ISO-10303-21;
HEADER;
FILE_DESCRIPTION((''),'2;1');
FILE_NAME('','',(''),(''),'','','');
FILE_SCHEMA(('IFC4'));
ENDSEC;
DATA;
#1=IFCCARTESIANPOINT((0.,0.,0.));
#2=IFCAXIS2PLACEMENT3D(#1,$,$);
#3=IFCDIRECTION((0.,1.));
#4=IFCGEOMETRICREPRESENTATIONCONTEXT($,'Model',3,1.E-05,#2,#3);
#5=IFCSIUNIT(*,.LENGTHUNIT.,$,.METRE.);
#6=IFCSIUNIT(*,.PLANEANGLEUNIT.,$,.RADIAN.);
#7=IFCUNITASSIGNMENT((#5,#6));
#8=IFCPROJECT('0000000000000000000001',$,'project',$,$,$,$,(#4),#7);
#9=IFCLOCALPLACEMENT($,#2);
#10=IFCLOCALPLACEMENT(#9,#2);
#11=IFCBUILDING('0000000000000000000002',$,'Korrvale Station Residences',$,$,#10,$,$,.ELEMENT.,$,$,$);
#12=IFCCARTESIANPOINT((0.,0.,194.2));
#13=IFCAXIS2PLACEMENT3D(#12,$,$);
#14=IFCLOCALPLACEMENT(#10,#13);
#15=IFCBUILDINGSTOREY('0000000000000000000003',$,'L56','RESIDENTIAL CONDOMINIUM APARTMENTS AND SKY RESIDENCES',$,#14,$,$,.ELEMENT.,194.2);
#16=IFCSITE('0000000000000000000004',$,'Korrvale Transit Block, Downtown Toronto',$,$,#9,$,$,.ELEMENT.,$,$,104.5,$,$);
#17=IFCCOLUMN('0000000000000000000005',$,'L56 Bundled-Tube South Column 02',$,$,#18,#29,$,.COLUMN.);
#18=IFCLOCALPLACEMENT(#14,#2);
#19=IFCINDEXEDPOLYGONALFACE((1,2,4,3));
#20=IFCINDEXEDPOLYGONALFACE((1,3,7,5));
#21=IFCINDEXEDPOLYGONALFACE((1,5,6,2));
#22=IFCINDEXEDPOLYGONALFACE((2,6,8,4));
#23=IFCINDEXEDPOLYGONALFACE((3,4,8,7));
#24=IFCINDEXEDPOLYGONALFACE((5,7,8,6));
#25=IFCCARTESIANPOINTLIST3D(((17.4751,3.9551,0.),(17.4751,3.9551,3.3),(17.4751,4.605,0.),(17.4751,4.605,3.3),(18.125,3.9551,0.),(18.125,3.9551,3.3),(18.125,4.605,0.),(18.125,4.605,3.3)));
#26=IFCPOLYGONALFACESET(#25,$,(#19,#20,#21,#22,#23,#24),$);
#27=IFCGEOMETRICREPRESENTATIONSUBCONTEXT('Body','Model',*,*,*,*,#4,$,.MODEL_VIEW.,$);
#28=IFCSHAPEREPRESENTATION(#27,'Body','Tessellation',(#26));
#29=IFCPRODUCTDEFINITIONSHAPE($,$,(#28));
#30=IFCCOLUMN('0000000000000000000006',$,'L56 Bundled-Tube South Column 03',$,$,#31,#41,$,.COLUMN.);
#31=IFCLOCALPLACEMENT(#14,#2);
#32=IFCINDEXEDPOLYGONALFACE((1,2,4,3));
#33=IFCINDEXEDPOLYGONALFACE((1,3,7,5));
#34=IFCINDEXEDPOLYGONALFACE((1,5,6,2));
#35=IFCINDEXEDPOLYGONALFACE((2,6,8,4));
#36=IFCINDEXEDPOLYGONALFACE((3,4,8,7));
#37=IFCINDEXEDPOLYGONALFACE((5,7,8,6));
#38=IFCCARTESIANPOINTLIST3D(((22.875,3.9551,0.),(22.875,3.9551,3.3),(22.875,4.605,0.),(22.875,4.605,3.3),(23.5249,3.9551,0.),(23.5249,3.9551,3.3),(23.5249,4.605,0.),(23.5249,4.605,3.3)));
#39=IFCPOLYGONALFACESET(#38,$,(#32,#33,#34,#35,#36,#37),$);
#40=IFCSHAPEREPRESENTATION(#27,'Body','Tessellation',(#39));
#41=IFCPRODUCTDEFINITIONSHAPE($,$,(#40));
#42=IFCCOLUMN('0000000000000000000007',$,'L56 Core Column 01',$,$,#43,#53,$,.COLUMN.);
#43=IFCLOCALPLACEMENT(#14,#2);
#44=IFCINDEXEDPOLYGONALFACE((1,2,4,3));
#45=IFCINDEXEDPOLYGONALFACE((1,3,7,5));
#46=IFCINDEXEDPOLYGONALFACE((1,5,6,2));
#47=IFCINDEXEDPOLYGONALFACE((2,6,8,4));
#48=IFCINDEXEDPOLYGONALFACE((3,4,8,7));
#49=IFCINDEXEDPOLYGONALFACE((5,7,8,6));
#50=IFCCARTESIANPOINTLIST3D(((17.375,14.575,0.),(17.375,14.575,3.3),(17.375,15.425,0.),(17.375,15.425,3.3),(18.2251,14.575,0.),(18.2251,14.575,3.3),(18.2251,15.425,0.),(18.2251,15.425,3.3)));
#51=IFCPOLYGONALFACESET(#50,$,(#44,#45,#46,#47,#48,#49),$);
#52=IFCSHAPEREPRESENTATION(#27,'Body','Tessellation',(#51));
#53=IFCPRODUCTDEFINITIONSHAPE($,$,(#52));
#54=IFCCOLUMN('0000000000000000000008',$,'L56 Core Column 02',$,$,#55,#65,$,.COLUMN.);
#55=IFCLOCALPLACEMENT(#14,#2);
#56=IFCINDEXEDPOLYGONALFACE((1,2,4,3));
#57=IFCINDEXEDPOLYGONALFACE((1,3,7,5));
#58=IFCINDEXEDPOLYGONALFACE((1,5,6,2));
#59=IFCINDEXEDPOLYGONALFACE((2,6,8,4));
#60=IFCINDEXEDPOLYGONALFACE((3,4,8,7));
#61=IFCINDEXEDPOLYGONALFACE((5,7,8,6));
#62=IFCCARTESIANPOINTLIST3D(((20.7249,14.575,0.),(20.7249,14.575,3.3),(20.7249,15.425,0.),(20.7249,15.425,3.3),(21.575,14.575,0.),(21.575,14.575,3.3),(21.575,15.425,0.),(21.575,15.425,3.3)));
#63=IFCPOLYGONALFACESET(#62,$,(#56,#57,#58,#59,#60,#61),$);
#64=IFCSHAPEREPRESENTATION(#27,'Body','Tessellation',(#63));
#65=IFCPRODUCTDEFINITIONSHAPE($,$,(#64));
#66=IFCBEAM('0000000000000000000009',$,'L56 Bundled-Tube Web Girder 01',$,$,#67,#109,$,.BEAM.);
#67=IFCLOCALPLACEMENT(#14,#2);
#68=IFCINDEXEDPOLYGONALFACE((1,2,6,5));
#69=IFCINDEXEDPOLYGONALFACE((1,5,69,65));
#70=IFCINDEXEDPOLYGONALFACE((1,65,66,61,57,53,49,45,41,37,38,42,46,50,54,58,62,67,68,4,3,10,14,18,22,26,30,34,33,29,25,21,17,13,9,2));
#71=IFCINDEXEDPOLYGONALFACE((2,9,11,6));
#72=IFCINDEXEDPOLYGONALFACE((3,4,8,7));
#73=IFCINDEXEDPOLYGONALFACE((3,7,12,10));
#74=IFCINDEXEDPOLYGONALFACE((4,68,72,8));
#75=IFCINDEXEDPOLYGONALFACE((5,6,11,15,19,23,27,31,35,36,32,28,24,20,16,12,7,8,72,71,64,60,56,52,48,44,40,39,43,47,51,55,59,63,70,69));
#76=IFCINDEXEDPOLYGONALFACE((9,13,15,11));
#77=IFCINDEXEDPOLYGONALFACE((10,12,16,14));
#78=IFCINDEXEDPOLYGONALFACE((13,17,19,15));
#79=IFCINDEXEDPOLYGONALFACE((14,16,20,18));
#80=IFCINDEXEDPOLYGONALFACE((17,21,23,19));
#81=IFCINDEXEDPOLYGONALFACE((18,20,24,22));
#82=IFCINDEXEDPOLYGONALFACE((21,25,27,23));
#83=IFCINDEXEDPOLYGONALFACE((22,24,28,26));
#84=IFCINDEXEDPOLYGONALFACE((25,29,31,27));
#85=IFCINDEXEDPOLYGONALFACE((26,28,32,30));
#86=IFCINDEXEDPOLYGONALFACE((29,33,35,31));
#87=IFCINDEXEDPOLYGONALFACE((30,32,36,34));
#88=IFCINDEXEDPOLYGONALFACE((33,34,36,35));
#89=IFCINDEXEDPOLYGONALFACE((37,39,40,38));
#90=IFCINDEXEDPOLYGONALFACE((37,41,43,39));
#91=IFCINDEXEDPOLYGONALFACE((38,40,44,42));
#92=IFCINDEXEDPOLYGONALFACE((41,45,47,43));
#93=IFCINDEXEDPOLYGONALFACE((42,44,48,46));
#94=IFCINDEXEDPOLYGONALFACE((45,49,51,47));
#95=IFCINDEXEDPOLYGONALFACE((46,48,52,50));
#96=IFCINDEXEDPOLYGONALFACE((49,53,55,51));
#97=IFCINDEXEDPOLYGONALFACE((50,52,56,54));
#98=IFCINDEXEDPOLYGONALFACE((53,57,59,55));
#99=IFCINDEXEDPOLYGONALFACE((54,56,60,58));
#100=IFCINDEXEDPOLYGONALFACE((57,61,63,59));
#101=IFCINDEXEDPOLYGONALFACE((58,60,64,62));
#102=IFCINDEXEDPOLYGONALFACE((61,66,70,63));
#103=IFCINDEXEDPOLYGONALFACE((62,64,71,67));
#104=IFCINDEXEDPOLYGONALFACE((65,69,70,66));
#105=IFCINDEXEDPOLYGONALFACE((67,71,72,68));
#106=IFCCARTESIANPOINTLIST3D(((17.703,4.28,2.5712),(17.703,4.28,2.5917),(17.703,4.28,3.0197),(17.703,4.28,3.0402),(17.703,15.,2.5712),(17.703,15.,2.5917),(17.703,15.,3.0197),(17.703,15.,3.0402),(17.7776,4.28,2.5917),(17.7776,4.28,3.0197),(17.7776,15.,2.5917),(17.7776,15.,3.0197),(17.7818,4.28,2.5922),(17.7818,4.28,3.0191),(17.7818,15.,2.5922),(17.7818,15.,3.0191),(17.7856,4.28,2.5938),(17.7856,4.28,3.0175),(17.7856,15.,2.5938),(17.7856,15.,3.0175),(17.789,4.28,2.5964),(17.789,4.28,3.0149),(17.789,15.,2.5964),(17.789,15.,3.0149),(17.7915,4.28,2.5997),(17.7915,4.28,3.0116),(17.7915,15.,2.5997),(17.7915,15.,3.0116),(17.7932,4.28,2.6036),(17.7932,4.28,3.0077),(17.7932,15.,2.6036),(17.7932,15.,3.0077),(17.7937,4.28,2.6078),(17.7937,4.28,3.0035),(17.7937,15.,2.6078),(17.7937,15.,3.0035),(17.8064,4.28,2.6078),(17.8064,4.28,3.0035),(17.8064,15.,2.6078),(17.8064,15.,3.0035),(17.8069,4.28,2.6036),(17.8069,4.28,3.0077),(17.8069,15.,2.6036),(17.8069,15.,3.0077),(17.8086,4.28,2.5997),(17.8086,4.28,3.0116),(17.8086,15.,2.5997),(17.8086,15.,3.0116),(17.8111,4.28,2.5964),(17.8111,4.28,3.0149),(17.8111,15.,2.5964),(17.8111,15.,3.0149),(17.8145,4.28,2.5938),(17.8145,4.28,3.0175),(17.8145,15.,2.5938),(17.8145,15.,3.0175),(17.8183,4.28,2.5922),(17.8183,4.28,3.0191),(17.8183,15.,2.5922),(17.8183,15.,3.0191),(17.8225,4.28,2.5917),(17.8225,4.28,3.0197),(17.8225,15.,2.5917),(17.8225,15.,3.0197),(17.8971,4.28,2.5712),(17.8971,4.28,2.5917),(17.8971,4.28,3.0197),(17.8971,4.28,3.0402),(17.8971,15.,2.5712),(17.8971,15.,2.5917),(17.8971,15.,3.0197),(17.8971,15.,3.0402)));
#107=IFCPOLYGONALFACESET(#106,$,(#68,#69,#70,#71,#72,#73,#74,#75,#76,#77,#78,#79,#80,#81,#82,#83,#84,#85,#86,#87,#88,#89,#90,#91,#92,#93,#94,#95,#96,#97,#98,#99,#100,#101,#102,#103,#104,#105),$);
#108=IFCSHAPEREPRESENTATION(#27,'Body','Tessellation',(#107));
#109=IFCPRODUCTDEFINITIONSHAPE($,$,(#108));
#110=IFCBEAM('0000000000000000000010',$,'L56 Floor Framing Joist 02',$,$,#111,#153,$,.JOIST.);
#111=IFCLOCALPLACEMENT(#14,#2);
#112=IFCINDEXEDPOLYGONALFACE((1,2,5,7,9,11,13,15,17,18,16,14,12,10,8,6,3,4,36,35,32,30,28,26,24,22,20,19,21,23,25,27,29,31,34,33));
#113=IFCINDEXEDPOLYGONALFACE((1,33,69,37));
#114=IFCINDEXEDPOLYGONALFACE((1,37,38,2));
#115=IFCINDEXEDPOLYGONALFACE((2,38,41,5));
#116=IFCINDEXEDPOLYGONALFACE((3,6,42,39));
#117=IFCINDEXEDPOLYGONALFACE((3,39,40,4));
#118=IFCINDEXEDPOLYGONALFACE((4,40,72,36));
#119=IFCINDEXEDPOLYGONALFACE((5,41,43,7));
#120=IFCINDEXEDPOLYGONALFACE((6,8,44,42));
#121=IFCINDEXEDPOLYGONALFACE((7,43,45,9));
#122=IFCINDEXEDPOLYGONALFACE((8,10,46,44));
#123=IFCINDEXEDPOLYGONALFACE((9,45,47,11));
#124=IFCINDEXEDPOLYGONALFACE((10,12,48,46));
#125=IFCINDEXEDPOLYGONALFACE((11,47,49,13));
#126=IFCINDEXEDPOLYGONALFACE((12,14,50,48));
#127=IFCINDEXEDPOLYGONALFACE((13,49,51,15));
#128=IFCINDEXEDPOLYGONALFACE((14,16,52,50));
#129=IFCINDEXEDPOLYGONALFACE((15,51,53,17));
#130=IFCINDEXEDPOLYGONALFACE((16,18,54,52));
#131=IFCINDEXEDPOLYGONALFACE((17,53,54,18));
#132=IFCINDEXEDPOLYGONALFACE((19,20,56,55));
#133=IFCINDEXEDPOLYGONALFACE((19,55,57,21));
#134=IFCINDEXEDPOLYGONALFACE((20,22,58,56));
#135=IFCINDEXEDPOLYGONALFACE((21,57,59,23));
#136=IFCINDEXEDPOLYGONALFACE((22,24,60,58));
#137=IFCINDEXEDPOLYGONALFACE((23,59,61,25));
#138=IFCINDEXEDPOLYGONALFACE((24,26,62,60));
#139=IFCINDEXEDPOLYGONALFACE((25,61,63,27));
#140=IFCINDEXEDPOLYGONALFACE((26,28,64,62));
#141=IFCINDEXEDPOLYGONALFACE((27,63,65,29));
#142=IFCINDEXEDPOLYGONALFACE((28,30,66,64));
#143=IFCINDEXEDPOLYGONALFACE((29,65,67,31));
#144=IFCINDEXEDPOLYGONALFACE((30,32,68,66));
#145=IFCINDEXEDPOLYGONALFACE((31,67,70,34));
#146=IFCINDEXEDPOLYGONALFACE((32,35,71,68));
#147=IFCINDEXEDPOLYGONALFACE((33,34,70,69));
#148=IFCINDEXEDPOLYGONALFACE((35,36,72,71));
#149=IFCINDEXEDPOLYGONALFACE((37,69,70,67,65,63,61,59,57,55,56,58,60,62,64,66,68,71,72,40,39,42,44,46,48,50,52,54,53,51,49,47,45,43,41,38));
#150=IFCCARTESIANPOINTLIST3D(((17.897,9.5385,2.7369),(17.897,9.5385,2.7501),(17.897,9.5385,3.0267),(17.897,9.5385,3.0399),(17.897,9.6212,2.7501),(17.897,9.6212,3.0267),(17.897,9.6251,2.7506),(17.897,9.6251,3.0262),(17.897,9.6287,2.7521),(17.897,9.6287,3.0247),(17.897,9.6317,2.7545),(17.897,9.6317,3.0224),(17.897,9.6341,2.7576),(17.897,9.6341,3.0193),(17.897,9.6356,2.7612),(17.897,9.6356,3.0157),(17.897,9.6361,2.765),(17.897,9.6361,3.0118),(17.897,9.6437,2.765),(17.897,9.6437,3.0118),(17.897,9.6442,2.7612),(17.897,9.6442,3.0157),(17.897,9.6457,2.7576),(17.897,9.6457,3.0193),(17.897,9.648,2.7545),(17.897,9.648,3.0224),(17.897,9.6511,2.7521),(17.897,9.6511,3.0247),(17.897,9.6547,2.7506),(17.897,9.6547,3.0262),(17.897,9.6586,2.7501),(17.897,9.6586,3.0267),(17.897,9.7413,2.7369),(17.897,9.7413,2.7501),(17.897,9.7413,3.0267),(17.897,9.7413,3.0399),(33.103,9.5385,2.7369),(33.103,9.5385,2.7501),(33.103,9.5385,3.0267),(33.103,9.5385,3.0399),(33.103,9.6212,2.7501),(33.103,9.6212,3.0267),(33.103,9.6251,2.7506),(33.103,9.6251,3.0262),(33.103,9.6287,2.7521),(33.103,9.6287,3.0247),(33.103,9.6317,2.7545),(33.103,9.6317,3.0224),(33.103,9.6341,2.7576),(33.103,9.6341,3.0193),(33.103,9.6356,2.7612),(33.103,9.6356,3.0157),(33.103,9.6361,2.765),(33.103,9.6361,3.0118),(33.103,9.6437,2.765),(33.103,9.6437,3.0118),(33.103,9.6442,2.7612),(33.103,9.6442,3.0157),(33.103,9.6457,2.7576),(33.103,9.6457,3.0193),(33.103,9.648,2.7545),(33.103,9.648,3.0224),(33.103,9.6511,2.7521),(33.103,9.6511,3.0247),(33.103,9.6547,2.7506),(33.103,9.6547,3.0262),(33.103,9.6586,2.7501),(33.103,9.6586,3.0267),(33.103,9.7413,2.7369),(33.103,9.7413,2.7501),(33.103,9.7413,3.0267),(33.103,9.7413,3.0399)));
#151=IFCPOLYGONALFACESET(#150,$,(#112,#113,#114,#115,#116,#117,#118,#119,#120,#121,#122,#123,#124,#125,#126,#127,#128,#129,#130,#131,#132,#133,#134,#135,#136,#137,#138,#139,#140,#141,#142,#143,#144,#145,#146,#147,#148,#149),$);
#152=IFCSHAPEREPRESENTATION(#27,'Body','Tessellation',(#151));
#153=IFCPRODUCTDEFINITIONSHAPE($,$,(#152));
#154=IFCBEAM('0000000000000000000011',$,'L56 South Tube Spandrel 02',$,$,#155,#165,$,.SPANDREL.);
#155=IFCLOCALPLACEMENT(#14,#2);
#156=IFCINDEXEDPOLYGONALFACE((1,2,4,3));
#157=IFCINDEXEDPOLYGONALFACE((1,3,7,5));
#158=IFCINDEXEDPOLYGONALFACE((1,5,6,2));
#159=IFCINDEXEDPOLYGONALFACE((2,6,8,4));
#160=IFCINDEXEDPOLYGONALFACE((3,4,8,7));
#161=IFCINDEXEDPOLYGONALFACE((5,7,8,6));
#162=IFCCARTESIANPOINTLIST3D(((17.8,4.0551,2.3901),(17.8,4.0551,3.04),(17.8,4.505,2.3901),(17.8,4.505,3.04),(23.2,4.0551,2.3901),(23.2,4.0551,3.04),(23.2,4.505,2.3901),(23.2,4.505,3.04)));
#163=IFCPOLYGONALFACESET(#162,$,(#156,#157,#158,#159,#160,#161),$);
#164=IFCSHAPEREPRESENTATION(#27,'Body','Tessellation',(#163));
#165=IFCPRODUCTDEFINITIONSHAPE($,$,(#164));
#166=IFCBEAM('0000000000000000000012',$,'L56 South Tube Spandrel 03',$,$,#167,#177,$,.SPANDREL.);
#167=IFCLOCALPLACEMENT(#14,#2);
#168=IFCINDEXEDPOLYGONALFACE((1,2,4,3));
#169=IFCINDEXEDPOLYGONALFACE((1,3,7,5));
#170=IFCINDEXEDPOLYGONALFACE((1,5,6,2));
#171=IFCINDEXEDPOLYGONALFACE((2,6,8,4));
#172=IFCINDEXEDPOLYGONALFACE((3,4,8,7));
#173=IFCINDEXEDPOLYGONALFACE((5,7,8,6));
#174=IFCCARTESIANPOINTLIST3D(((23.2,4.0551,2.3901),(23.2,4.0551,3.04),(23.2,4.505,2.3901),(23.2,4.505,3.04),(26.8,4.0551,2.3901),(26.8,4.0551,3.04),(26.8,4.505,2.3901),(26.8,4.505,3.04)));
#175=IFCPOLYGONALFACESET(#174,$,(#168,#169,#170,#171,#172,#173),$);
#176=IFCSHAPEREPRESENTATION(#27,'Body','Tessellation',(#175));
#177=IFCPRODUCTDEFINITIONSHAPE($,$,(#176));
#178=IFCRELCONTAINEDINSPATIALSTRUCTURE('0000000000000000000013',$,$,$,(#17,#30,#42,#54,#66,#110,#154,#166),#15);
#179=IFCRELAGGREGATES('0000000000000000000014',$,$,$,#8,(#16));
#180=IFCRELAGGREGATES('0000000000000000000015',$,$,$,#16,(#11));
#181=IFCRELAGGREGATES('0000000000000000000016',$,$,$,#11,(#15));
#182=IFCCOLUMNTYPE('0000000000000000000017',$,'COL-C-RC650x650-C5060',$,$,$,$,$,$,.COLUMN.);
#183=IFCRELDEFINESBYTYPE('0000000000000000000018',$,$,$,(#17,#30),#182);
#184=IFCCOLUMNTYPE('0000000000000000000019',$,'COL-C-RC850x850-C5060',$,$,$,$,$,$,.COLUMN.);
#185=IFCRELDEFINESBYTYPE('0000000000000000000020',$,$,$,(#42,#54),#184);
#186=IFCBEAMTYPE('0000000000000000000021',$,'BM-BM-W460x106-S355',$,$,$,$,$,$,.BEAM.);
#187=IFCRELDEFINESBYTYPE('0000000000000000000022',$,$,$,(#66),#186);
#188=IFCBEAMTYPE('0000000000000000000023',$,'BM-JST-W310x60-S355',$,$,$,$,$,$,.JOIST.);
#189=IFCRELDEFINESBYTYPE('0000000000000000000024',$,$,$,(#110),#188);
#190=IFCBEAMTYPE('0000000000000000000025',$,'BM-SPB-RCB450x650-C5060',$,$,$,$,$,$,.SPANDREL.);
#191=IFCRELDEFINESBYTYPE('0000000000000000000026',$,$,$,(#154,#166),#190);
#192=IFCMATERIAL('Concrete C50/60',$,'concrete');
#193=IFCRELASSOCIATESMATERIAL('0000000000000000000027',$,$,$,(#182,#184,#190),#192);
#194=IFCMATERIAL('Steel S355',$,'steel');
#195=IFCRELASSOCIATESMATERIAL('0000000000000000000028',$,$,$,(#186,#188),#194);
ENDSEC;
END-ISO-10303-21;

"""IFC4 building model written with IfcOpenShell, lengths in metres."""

from ifc_helpers import new_model, si_unit, direction, frame, origin, origin_2d, place, context, subcontext, project, spatial, rectangle, i_section, extrude, material, material_profile, profile_set, type_object, element, save


model = new_model("IFC4")

# Units and contexts
model_context = context("Model", 3, precision=1e-05, world=origin(), true_north=direction((0.0, 1.0)))
body_context = subcontext(model_context, "Body", "Model", "MODEL_VIEW")
ifc_project = project(units=[si_unit("LENGTHUNIT", "METRE"), si_unit("PLANEANGLEUNIT", "RADIAN")], contexts=[model_context])

# Site, building, storey
site_placement = place(None, origin())
site = spatial("IfcSite", under=ifc_project, at=site_placement, Name="Korrvale Transit Block, Downtown Toronto", CompositionType="ELEMENT", RefElevation=104.5)
building_placement = place(site_placement, origin())
building = spatial("IfcBuilding", under=site, at=building_placement, Name="Korrvale Station Residences", CompositionType="ELEMENT")
storey_placement = place(building_placement, frame((0.0, 0.0, 194.2)))
storey = spatial("IfcBuildingStorey", under=building, at=storey_placement, Name="L56", Description="RESIDENTIAL CONDOMINIUM APARTMENTS AND SKY RESIDENCES", CompositionType="ELEMENT", Elevation=194.2)

# Columns
ifc_material_1 = material(Name="Concrete C50/60", Category="concrete")
ifc_material_profile_1 = material_profile(ifc_material_1, rectangle(XDim=0.6499, YDim=0.6499, at=origin_2d()), Name="RC650x650")
ifc_profile_set_1 = profile_set([ifc_material_profile_1], Name="Concrete C50/60")
column_type_1 = type_object("IfcColumnType", Name="COL-C-RC650x650-C5060", PredefinedType="COLUMN", material=ifc_profile_set_1)
for number, where, z_axis, x_axis, name in (
    (1, (17.8, 4.28, 0.0), (0.0, 0.0, 1.0), (1.0, 0.0, 0.0), "L56 Bundled-Tube South Column 02"),
    (2, (23.2, 4.28, 0.0), (0.0, 0.0, 1.0), (1.0, 0.0, 0.0), "L56 Bundled-Tube South Column 03"),
):
    element("IfcColumn", number, at=place(storey_placement, frame(where, z_axis=z_axis, x_axis=x_axis)), inside=storey, type_object=column_type_1, Name=name, PredefinedType="COLUMN", context=body_context, shape_type="SweptSolid", body=[
        extrude(rectangle(XDim=0.6499, YDim=0.6499, at=origin_2d()), origin(), (0.0, 0.0, 1.0), 3.3),
    ])
ifc_material_profile_2 = material_profile(ifc_material_1, rectangle(XDim=0.8501, YDim=0.8501, at=origin_2d()), Name="RC850x850")
ifc_profile_set_2 = profile_set([ifc_material_profile_2], Name="Concrete C50/60")
column_type_2 = type_object("IfcColumnType", Name="COL-C-RC850x850-C5060", PredefinedType="COLUMN", material=ifc_profile_set_2)
for number, where, z_axis, x_axis, name in (
    (3, (17.8, 15.0, 0.0), (0.0, 0.0, 1.0), (1.0, 0.0, 0.0), "L56 Core Column 01"),
    (4, (21.1499, 15.0, 0.0), (0.0, 0.0, 1.0), (1.0, 0.0, 0.0), "L56 Core Column 02"),
):
    element("IfcColumn", number, at=place(storey_placement, frame(where, z_axis=z_axis, x_axis=x_axis)), inside=storey, type_object=column_type_2, Name=name, PredefinedType="COLUMN", context=body_context, shape_type="SweptSolid", body=[
        extrude(rectangle(XDim=0.8501, YDim=0.8501, at=origin_2d()), origin(), (0.0, 0.0, 1.0), 3.3),
    ])

# Beams
ifc_material_2 = material(Name="Steel S355", Category="steel")
ifc_material_profile_3 = material_profile(ifc_material_2, i_section(OverallWidth=0.1941, OverallDepth=0.469, WebThickness=0.0127, FlangeThickness=0.0205, FilletRadius=0.0161, at=origin_2d()), Name="W460x106")
ifc_profile_set_3 = profile_set([ifc_material_profile_3], Name="Steel S355")
beam_type_1 = type_object("IfcBeamType", Name="BM-BM-W460x106-S355", PredefinedType="BEAM", material=ifc_profile_set_3)
beam_1_placement = place(storey_placement, frame((17.8, 4.28, 2.8057), z_axis=(0.0, 1.0, 0.0), x_axis=(-1.0, 0.0, 0.0)))
element("IfcBeam", 5, at=beam_1_placement, inside=storey, type_object=beam_type_1, Name="L56 Bundled-Tube Web Girder 01", PredefinedType="BEAM", context=body_context, shape_type="SweptSolid", body=[
    extrude(i_section(OverallWidth=0.1941, OverallDepth=0.469, WebThickness=0.0127, FlangeThickness=0.0205, FilletRadius=0.0161, at=origin_2d()), origin(), (0.0, 0.0, 1.0), 10.72),
])
ifc_material_profile_4 = material_profile(ifc_material_2, i_section(OverallWidth=0.2029, OverallDepth=0.303, WebThickness=0.0076, FlangeThickness=0.0132, FilletRadius=0.0149, at=origin_2d()), Name="W310x60")
ifc_profile_set_4 = profile_set([ifc_material_profile_4], Name="Steel S355")
beam_type_2 = type_object("IfcBeamType", Name="BM-JST-W310x60-S355", PredefinedType="JOIST", material=ifc_profile_set_4)
beam_2_placement = place(storey_placement, frame((17.897, 9.6399, 2.8884), z_axis=(1.0, 0.0, 0.0), x_axis=(0.0, 1.0, 0.0)))
element("IfcBeam", 6, at=beam_2_placement, inside=storey, type_object=beam_type_2, Name="L56 Floor Framing Joist 02", PredefinedType="JOIST", context=body_context, shape_type="SweptSolid", body=[
    extrude(i_section(OverallWidth=0.2029, OverallDepth=0.303, WebThickness=0.0076, FlangeThickness=0.0132, FilletRadius=0.0149, at=origin_2d()), origin(), (0.0, 0.0, 1.0), 15.2061),
])
ifc_material_profile_5 = material_profile(ifc_material_1, rectangle(XDim=0.45, YDim=0.6499, at=origin_2d()), Name="RCB450x650")
ifc_profile_set_5 = profile_set([ifc_material_profile_5], Name="Concrete C50/60")
beam_type_3 = type_object("IfcBeamType", Name="BM-SPB-RCB450x650-C5060", PredefinedType="SPANDREL", material=ifc_profile_set_5)
beam_3_placement = place(storey_placement, frame((17.8, 4.28, 2.7151), z_axis=(1.0, 0.0, 0.0), x_axis=(0.0, 1.0, 0.0)))
element("IfcBeam", 7, at=beam_3_placement, inside=storey, type_object=beam_type_3, Name="L56 South Tube Spandrel 02", PredefinedType="SPANDREL", context=body_context, shape_type="SweptSolid", body=[
    extrude(rectangle(XDim=0.45, YDim=0.6499, at=origin_2d()), origin(), (0.0, 0.0, 1.0), 5.3999),
])
beam_4_placement = place(storey_placement, frame((23.2, 4.28, 2.7151), z_axis=(1.0, 0.0, 0.0), x_axis=(0.0, 1.0, 0.0)))
element("IfcBeam", 8, at=beam_4_placement, inside=storey, type_object=beam_type_3, Name="L56 South Tube Spandrel 03", PredefinedType="SPANDREL", context=body_context, shape_type="SweptSolid", body=[
    extrude(rectangle(XDim=0.45, YDim=0.6499, at=origin_2d()), origin(), (0.0, 0.0, 1.0), 3.6001),
])

save(model, "model.ifc")
